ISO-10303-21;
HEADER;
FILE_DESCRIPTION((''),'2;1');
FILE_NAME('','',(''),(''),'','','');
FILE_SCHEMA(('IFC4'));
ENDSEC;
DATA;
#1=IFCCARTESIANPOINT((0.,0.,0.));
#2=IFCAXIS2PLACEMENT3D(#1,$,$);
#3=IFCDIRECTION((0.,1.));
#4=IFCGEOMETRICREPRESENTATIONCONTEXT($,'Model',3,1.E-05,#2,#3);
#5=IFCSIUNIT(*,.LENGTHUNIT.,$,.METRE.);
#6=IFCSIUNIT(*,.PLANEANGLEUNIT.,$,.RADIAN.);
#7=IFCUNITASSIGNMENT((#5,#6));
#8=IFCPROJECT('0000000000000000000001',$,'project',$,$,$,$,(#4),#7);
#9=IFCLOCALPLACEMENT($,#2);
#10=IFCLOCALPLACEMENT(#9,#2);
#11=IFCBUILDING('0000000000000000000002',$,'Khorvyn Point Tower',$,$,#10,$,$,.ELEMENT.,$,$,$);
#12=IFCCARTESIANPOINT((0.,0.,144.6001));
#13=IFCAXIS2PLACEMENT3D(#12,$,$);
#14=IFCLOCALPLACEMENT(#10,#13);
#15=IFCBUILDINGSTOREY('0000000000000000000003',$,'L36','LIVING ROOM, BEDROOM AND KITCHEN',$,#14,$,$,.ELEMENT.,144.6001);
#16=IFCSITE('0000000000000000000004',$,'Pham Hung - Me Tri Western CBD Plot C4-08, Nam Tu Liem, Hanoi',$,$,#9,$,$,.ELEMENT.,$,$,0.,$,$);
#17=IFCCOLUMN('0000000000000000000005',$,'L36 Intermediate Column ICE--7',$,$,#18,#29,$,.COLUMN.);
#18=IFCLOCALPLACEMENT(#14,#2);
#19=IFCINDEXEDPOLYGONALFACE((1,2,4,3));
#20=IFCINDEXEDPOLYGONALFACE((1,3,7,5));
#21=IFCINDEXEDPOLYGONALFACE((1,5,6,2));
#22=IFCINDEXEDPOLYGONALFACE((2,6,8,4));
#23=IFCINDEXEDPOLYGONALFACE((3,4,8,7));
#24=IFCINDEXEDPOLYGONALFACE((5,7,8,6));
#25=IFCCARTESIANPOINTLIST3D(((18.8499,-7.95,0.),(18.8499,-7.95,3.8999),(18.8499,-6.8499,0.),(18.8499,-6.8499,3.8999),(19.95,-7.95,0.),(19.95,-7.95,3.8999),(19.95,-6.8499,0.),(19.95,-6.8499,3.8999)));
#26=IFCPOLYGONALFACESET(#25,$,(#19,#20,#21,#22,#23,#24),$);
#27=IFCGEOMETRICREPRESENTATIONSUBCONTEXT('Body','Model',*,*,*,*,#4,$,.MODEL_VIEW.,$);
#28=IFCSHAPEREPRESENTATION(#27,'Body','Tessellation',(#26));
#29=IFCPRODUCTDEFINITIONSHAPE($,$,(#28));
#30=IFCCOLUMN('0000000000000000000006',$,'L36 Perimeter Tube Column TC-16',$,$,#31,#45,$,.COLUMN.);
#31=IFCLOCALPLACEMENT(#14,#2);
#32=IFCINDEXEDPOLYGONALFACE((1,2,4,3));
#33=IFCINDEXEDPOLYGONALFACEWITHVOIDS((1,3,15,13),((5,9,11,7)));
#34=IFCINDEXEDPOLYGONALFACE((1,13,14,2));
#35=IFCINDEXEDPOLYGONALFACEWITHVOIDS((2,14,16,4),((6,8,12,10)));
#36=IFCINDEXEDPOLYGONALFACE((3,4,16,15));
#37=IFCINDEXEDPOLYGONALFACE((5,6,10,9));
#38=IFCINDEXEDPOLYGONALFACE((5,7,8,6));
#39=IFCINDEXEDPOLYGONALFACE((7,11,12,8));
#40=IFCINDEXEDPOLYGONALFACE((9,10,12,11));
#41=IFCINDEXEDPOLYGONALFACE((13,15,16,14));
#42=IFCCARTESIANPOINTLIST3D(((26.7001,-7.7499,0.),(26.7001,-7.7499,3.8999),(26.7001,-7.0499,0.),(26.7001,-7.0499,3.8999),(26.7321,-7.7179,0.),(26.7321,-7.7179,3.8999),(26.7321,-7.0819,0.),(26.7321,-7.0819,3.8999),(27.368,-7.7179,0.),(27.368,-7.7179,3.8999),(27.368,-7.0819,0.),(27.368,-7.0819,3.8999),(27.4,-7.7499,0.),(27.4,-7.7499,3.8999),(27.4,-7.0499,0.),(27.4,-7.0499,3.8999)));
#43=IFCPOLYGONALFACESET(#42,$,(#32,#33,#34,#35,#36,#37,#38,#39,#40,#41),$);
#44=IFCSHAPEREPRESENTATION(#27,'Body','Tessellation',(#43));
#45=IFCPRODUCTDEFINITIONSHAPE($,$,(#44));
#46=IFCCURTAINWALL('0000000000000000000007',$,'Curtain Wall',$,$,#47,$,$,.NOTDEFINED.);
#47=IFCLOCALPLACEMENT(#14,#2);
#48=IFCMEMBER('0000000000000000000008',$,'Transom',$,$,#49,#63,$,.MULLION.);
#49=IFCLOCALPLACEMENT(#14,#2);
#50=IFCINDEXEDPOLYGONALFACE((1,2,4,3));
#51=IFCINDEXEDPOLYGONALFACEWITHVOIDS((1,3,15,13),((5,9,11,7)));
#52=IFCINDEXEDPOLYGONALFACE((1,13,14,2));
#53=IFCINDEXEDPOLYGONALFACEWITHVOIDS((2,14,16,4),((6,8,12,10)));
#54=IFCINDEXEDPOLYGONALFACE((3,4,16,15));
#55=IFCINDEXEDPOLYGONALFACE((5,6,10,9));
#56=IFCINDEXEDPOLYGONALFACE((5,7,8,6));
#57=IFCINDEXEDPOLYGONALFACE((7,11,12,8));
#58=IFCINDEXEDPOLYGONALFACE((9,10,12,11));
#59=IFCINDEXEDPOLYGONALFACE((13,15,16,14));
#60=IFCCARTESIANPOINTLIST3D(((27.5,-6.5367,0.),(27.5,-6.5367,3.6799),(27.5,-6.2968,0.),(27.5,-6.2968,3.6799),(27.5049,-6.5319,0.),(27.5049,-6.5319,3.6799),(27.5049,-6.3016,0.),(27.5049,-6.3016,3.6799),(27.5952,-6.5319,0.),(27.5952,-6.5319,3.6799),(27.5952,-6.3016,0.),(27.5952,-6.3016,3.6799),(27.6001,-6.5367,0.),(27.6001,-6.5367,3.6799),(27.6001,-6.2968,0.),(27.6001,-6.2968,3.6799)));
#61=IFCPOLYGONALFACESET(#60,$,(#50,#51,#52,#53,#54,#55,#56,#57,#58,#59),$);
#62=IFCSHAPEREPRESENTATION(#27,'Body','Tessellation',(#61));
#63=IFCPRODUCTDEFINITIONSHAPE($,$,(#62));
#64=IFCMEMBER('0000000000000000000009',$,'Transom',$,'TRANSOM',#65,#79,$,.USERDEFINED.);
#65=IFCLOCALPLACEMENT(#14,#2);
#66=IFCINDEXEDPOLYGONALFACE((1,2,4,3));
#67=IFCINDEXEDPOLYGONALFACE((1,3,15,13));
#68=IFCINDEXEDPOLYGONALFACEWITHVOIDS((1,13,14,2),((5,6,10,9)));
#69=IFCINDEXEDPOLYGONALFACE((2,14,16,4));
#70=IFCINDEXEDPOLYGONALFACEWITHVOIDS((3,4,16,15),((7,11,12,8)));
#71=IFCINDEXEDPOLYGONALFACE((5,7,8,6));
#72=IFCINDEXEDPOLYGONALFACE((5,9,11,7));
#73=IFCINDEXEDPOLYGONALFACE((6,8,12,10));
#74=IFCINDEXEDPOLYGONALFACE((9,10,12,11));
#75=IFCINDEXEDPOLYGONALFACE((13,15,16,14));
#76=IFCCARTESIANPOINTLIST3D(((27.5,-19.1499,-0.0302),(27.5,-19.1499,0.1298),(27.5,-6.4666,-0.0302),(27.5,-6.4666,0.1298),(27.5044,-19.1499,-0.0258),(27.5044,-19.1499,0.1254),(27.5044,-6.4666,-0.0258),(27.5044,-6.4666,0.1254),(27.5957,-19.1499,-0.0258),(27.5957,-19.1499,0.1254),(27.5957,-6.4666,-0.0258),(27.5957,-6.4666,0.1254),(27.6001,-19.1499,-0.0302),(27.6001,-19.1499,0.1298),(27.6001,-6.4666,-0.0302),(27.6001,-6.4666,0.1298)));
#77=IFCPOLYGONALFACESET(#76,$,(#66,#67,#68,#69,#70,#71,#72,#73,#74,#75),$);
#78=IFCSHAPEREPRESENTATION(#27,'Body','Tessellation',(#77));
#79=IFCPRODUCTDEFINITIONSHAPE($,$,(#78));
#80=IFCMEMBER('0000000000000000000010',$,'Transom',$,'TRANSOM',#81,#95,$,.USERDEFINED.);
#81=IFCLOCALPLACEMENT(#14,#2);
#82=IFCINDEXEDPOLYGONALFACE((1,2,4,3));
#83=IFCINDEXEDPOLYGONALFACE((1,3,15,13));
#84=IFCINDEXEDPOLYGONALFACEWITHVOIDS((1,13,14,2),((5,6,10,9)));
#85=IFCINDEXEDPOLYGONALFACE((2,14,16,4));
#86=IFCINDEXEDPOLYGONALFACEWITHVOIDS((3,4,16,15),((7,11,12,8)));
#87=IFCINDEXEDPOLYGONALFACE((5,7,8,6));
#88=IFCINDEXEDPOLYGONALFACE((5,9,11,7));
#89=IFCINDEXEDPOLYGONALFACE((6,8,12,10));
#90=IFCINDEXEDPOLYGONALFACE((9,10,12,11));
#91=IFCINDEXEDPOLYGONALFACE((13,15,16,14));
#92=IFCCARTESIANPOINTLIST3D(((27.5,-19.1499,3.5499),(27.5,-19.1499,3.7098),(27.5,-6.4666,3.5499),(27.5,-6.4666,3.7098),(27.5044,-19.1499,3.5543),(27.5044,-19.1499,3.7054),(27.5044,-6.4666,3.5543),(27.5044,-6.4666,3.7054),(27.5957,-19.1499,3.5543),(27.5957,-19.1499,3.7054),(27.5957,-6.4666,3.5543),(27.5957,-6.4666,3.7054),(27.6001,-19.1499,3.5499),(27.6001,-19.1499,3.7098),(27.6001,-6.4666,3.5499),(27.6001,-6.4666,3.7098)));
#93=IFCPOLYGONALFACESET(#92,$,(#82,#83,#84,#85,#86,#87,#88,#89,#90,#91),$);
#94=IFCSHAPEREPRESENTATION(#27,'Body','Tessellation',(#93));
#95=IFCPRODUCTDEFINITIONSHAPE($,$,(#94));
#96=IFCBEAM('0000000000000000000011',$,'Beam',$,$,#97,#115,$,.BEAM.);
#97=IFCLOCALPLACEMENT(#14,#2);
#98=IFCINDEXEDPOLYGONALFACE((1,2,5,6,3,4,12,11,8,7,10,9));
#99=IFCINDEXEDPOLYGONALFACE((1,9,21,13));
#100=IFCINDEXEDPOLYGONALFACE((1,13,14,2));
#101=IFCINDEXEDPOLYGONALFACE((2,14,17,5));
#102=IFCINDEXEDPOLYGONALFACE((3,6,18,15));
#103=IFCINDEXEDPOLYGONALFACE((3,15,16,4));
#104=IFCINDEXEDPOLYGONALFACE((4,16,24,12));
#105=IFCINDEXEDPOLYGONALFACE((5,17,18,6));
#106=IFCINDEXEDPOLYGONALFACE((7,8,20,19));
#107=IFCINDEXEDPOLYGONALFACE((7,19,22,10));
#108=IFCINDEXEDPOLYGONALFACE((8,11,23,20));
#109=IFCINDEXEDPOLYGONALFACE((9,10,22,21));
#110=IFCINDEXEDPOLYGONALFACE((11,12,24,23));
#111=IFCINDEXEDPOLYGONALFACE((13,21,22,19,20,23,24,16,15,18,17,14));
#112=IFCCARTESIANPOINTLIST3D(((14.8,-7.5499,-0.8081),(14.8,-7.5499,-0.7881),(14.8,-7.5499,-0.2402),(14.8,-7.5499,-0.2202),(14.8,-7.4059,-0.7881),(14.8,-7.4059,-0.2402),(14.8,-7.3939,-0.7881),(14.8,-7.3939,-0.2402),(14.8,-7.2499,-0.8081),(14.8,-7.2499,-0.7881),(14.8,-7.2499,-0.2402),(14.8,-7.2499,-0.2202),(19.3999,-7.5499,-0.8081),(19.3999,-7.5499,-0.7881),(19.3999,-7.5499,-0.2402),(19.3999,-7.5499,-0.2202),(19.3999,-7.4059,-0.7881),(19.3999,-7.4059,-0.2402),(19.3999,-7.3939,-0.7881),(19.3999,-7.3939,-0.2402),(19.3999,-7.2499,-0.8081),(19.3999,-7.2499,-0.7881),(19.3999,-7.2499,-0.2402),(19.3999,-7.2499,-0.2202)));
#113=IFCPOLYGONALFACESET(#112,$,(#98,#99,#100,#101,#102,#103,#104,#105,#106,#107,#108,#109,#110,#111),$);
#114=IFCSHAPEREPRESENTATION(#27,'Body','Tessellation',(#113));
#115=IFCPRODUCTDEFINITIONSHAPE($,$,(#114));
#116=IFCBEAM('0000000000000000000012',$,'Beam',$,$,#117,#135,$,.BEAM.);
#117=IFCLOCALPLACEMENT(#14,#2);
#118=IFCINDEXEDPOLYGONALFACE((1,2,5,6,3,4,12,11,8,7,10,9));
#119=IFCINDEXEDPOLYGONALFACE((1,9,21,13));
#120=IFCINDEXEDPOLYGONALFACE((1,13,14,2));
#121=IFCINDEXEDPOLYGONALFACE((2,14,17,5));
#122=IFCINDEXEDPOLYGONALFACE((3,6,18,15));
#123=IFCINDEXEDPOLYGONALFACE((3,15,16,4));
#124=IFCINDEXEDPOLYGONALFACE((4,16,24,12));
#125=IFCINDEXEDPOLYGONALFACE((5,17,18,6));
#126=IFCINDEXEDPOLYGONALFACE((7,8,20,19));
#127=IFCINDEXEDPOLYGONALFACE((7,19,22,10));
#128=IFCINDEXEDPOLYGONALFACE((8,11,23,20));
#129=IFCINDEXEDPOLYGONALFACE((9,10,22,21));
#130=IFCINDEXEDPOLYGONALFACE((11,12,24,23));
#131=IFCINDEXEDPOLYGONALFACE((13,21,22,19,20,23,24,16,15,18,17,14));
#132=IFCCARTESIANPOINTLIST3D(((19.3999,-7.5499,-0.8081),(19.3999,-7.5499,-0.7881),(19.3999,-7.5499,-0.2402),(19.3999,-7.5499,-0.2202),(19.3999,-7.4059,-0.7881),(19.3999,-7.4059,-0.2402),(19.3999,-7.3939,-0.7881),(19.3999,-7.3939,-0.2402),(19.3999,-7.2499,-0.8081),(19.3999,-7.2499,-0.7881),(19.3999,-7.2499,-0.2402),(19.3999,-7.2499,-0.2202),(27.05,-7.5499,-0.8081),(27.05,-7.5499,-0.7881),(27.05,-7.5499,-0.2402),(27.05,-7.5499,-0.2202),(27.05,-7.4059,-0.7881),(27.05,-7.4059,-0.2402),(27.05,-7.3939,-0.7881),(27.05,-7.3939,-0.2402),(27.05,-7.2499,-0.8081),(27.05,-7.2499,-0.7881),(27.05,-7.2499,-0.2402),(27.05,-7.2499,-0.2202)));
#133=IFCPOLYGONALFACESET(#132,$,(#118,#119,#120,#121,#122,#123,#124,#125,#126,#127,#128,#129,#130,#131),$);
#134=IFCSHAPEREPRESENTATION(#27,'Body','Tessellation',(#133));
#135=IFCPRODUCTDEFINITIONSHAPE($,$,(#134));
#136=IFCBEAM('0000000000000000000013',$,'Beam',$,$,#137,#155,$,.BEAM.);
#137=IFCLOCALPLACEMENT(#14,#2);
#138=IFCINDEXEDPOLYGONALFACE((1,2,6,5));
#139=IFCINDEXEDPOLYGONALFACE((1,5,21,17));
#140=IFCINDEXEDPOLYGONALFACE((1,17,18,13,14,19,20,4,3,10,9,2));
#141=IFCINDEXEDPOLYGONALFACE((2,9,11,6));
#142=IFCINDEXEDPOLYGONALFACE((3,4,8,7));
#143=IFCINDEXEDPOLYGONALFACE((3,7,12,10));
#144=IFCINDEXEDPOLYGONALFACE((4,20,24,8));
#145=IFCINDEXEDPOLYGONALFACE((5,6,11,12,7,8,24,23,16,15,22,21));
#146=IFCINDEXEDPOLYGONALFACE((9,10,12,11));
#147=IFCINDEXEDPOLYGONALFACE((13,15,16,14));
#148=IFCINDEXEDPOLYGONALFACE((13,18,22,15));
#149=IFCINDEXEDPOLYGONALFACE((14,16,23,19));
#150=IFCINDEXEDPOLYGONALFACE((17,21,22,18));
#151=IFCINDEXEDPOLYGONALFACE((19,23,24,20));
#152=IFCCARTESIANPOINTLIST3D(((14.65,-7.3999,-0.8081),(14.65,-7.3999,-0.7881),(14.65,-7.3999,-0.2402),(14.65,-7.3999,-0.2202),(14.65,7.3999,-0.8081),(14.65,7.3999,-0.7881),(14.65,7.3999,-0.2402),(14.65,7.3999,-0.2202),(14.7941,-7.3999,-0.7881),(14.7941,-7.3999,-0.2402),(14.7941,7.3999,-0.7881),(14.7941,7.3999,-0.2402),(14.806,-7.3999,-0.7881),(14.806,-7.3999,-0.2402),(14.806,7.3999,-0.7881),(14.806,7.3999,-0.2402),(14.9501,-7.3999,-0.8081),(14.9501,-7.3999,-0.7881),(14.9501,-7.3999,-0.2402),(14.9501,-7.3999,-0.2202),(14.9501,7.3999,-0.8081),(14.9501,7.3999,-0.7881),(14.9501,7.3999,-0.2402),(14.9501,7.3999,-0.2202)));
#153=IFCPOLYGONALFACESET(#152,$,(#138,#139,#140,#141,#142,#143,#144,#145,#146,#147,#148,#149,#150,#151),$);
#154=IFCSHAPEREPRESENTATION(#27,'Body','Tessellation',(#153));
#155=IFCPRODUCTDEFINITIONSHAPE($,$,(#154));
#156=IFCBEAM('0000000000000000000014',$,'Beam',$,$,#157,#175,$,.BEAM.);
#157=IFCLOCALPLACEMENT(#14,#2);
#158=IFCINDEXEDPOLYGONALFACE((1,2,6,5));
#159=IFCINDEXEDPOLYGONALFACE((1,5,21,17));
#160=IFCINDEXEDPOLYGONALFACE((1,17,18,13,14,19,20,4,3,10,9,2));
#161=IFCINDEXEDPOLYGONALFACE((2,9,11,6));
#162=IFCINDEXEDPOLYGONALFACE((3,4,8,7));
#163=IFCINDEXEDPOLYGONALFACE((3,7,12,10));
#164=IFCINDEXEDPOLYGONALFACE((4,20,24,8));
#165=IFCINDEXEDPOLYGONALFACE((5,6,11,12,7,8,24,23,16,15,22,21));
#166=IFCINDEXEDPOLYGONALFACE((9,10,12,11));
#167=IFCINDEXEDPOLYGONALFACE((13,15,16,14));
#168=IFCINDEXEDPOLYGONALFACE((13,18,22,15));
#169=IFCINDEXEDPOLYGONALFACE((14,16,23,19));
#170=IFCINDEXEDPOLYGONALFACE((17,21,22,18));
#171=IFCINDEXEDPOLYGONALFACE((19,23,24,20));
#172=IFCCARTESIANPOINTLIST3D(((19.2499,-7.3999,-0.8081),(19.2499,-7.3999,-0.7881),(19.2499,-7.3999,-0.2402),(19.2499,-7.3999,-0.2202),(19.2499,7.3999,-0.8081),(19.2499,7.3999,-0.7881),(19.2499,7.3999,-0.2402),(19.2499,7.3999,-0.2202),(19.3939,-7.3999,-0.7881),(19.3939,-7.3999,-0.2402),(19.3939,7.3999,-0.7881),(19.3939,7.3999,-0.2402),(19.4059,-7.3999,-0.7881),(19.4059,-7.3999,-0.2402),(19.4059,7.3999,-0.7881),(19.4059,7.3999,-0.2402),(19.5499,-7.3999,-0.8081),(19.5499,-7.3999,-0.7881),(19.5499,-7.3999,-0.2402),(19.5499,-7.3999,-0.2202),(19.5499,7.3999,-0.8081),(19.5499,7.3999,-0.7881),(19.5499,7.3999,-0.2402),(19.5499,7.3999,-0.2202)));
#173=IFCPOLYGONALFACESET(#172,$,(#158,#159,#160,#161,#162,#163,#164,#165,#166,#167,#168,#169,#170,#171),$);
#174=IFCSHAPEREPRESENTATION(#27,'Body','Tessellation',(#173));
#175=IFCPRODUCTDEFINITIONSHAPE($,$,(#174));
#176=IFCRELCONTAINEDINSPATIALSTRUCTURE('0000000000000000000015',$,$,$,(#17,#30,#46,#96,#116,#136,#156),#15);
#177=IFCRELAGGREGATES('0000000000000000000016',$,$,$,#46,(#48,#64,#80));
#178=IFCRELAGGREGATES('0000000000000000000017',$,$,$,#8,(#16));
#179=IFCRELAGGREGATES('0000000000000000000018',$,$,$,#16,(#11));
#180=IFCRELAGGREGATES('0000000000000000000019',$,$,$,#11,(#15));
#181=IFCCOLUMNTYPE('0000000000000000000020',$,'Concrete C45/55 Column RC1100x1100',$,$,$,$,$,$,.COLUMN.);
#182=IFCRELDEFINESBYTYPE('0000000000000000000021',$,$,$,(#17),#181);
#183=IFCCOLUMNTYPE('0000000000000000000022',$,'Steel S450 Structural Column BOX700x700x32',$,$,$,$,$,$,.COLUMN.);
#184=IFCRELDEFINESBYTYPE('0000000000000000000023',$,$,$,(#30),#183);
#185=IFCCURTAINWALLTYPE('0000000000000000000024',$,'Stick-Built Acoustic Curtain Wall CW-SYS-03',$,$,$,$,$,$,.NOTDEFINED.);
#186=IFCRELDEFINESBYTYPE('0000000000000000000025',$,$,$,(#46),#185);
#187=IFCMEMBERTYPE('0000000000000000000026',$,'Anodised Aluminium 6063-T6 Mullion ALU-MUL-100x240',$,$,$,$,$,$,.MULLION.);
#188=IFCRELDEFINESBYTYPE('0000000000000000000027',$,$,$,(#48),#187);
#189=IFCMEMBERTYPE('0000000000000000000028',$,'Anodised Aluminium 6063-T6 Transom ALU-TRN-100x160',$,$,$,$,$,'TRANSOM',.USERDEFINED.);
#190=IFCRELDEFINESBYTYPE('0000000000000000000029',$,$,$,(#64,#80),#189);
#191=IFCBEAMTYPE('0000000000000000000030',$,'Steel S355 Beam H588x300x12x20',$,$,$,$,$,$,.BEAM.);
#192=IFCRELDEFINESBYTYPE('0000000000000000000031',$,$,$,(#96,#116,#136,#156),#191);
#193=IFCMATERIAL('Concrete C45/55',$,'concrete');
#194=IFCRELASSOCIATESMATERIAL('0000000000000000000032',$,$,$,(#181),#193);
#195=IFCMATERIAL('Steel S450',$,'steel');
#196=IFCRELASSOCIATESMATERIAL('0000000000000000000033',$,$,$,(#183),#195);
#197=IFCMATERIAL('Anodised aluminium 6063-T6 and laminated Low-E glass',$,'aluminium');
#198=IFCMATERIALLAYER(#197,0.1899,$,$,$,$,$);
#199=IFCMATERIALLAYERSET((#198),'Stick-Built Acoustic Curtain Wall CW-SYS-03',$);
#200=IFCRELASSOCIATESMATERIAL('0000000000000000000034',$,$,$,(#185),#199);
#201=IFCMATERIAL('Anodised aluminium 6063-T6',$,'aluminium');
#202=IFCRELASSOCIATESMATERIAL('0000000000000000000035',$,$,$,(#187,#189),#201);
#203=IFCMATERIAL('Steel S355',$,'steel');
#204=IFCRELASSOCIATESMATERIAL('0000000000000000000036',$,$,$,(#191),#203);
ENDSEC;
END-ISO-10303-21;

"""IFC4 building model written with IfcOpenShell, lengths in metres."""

from ifc_helpers import new_model, si_unit, direction, frame, origin, origin_2d, place, context, subcontext, project, spatial, rectangle, hollow_rectangle, i_section, extrude, material, layer, layer_set, material_profile, profile_set, type_object, element, aggregate, save


model = new_model("IFC4")

# Units and contexts
model_context = context("Model", 3, precision=1e-05, world=origin(), true_north=direction((0.0, 1.0)))
body_context = subcontext(model_context, "Body", "Model", "MODEL_VIEW")
ifc_project = project(units=[si_unit("LENGTHUNIT", "METRE"), si_unit("PLANEANGLEUNIT", "RADIAN")], contexts=[model_context])

# Site, building, storey
site_placement = place(None, origin())
site = spatial("IfcSite", under=ifc_project, at=site_placement, Name="Pham Hung - Me Tri Western CBD Plot C4-08, Nam Tu Liem, Hanoi", CompositionType="ELEMENT", RefElevation=0.0)
building_placement = place(site_placement, origin())
building = spatial("IfcBuilding", under=site, at=building_placement, Name="Khorvyn Point Tower", CompositionType="ELEMENT")
storey_placement = place(building_placement, frame((0.0, 0.0, 144.6001)))
storey = spatial("IfcBuildingStorey", under=building, at=storey_placement, Name="L36", Description="LIVING ROOM, BEDROOM AND KITCHEN", CompositionType="ELEMENT", Elevation=144.6001)

# Columns
ifc_material_1 = material(Name="Concrete C45/55", Category="concrete")
ifc_material_profile_1 = material_profile(ifc_material_1, rectangle(XDim=1.1001, YDim=1.1001, at=origin_2d()))
ifc_profile_set_1 = profile_set([ifc_material_profile_1], Name="Concrete C45/55 RC1100x1100")
column_type_1 = type_object("IfcColumnType", Name="Concrete C45/55 Column RC1100x1100", PredefinedType="COLUMN", material=ifc_profile_set_1)
column_1_placement = place(storey_placement, frame((19.3999, -7.3999, 0.0), z_axis=(0.0, 0.0, 1.0), x_axis=(1.0, 0.0, 0.0)))
element("IfcColumn", 1, at=column_1_placement, inside=storey, type_object=column_type_1, Name="L36 Intermediate Column ICE--7", PredefinedType="COLUMN", context=body_context, shape_type="SweptSolid", body=[
    extrude(rectangle(XDim=1.1001, YDim=1.1001, at=origin_2d()), origin(), (0.0, 0.0, 1.0), 3.8999),
])
ifc_material_2 = material(Name="Steel S450", Category="steel")
ifc_material_profile_2 = material_profile(ifc_material_2, hollow_rectangle(XDim=0.7, YDim=0.7, WallThickness=0.032, at=origin_2d()))
ifc_profile_set_2 = profile_set([ifc_material_profile_2], Name="Steel S450 BOX700x700x32")
column_type_2 = type_object("IfcColumnType", Name="Steel S450 Structural Column BOX700x700x32", PredefinedType="COLUMN", material=ifc_profile_set_2)
column_2_placement = place(storey_placement, frame((27.05, -7.3999, 0.0), z_axis=(0.0, 0.0, 1.0), x_axis=(1.0, 0.0, 0.0)))
element("IfcColumn", 2, at=column_2_placement, inside=storey, type_object=column_type_2, Name="L36 Perimeter Tube Column TC-16", PredefinedType="COLUMN", context=body_context, shape_type="SweptSolid", body=[
    extrude(hollow_rectangle(XDim=0.7, YDim=0.7, WallThickness=0.032, at=origin_2d()), origin(), (0.0, 0.0, 1.0), 3.8999),
])

# Curtain wall, members
ifc_material_3 = material(Name="Anodised aluminium 6063-T6 and laminated Low-E glass", Category="aluminium")
ifc_layer_1 = layer(ifc_material_3, 0.1899)
ifc_layer_set_1 = layer_set([ifc_layer_1], Name="Stick-Built Acoustic Curtain Wall CW-SYS-03")
curtain_wall_type = type_object("IfcCurtainWallType", Name="Stick-Built Acoustic Curtain Wall CW-SYS-03", PredefinedType="NOTDEFINED", material=ifc_layer_set_1)
curtain_wall_placement = place(storey_placement, origin())
curtain_wall = element("IfcCurtainWall", 3, at=curtain_wall_placement, inside=storey, type_object=curtain_wall_type, Name="Curtain Wall", PredefinedType="NOTDEFINED")
ifc_material_4 = material(Name="Anodised aluminium 6063-T6", Category="aluminium")
ifc_material_profile_3 = material_profile(ifc_material_4, hollow_rectangle(XDim=0.1001, YDim=0.24, WallThickness=0.0049, at=origin_2d()))
ifc_profile_set_3 = profile_set([ifc_material_profile_3], Name="Anodised aluminium 6063-T6 ALU-MUL-100x240")
member_type_1 = type_object("IfcMemberType", Name="Anodised Aluminium 6063-T6 Mullion ALU-MUL-100x240", PredefinedType="MULLION", material=ifc_profile_set_3)
member_1_placement = place(storey_placement, frame((27.55, -6.4167, 0.0), z_axis=(0.0, 0.0, 1.0), x_axis=(1.0, 0.0, 0.0)))
member_1 = element("IfcMember", 4, at=member_1_placement, type_object=member_type_1, Name="Transom", PredefinedType="MULLION", context=body_context, shape_type="SweptSolid", body=[
    extrude(hollow_rectangle(XDim=0.1001, YDim=0.24, WallThickness=0.0049, at=origin_2d()), origin(), (0.0, 0.0, 1.0), 3.6799),
])
ifc_material_profile_4 = material_profile(ifc_material_4, hollow_rectangle(XDim=0.1001, YDim=0.1599, WallThickness=0.0044, at=origin_2d()))
ifc_profile_set_4 = profile_set([ifc_material_profile_4], Name="Anodised aluminium 6063-T6 ALU-TRN-100x160")
member_type_2 = type_object("IfcMemberType", Name="Anodised Aluminium 6063-T6 Transom ALU-TRN-100x160", ElementType="TRANSOM", PredefinedType="USERDEFINED", material=ifc_profile_set_4)
member_2_placement = place(storey_placement, frame((27.55, -6.4666, 0.0498), z_axis=(0.0, -1.0, 0.0), x_axis=(1.0, 0.0, 0.0)))
member_2 = element("IfcMember", 5, at=member_2_placement, type_object=member_type_2, Name="Transom", ObjectType="TRANSOM", PredefinedType="USERDEFINED", context=body_context, shape_type="SweptSolid", body=[
    extrude(hollow_rectangle(XDim=0.1001, YDim=0.1599, WallThickness=0.0044, at=origin_2d()), origin(), (0.0, 0.0, 1.0), 12.6833),
])
member_3_placement = place(storey_placement, frame((27.55, -6.4666, 3.6299), z_axis=(0.0, -1.0, 0.0), x_axis=(1.0, 0.0, 0.0)))
member_3 = element("IfcMember", 6, at=member_3_placement, type_object=member_type_2, Name="Transom", ObjectType="TRANSOM", PredefinedType="USERDEFINED", context=body_context, shape_type="SweptSolid", body=[
    extrude(hollow_rectangle(XDim=0.1001, YDim=0.1599, WallThickness=0.0044, at=origin_2d()), origin(), (0.0, 0.0, 1.0), 12.6833),
])

# Beams
ifc_material_5 = material(Name="Steel S355", Category="steel")
ifc_material_profile_5 = material_profile(ifc_material_5, i_section(OverallWidth=0.3, OverallDepth=0.5879, WebThickness=0.012, FlangeThickness=0.02, at=origin_2d()))
ifc_profile_set_5 = profile_set([ifc_material_profile_5], Name="Steel S355 H588x300x12x20")
beam_type_1 = type_object("IfcBeamType", Name="Steel S355 Beam H588x300x12x20", PredefinedType="BEAM", material=ifc_profile_set_5)
beam_1_placement = place(storey_placement, frame((14.8, -7.3999, -0.5142), z_axis=(1.0, 0.0, 0.0), x_axis=(0.0, 1.0, 0.0)))
element("IfcBeam", 7, at=beam_1_placement, inside=storey, type_object=beam_type_1, Name="Beam", PredefinedType="BEAM", context=body_context, shape_type="SweptSolid", body=[
    extrude(i_section(OverallWidth=0.3, OverallDepth=0.5879, WebThickness=0.012, FlangeThickness=0.02, at=origin_2d()), origin(), (0.0, 0.0, 1.0), 4.5999),
])
beam_2_placement = place(storey_placement, frame((19.3999, -7.3999, -0.5142), z_axis=(1.0, 0.0, 0.0), x_axis=(0.0, 1.0, 0.0)))
element("IfcBeam", 8, at=beam_2_placement, inside=storey, type_object=beam_type_1, Name="Beam", PredefinedType="BEAM", context=body_context, shape_type="SweptSolid", body=[
    extrude(i_section(OverallWidth=0.3, OverallDepth=0.5879, WebThickness=0.012, FlangeThickness=0.02, at=origin_2d()), origin(), (0.0, 0.0, 1.0), 7.6501),
])
for number, where, z_axis, x_axis, name in (
    (9, (14.8, -7.3999, -0.5142), (0.0, 1.0, 0.0), (-1.0, 0.0, 0.0), "Beam"),
    (10, (19.3999, -7.3999, -0.5142), (0.0, 1.0, 0.0), (-1.0, 0.0, 0.0), "Beam"),
):
    element("IfcBeam", number, at=place(storey_placement, frame(where, z_axis=z_axis, x_axis=x_axis)), inside=storey, type_object=beam_type_1, Name=name, PredefinedType="BEAM", context=body_context, shape_type="SweptSolid", body=[
        extrude(i_section(OverallWidth=0.3, OverallDepth=0.5879, WebThickness=0.012, FlangeThickness=0.02, at=origin_2d()), origin(), (0.0, 0.0, 1.0), 14.7998),
    ])

aggregate(curtain_wall, [member_1, member_2, member_3])

save(model, "model.ifc")
